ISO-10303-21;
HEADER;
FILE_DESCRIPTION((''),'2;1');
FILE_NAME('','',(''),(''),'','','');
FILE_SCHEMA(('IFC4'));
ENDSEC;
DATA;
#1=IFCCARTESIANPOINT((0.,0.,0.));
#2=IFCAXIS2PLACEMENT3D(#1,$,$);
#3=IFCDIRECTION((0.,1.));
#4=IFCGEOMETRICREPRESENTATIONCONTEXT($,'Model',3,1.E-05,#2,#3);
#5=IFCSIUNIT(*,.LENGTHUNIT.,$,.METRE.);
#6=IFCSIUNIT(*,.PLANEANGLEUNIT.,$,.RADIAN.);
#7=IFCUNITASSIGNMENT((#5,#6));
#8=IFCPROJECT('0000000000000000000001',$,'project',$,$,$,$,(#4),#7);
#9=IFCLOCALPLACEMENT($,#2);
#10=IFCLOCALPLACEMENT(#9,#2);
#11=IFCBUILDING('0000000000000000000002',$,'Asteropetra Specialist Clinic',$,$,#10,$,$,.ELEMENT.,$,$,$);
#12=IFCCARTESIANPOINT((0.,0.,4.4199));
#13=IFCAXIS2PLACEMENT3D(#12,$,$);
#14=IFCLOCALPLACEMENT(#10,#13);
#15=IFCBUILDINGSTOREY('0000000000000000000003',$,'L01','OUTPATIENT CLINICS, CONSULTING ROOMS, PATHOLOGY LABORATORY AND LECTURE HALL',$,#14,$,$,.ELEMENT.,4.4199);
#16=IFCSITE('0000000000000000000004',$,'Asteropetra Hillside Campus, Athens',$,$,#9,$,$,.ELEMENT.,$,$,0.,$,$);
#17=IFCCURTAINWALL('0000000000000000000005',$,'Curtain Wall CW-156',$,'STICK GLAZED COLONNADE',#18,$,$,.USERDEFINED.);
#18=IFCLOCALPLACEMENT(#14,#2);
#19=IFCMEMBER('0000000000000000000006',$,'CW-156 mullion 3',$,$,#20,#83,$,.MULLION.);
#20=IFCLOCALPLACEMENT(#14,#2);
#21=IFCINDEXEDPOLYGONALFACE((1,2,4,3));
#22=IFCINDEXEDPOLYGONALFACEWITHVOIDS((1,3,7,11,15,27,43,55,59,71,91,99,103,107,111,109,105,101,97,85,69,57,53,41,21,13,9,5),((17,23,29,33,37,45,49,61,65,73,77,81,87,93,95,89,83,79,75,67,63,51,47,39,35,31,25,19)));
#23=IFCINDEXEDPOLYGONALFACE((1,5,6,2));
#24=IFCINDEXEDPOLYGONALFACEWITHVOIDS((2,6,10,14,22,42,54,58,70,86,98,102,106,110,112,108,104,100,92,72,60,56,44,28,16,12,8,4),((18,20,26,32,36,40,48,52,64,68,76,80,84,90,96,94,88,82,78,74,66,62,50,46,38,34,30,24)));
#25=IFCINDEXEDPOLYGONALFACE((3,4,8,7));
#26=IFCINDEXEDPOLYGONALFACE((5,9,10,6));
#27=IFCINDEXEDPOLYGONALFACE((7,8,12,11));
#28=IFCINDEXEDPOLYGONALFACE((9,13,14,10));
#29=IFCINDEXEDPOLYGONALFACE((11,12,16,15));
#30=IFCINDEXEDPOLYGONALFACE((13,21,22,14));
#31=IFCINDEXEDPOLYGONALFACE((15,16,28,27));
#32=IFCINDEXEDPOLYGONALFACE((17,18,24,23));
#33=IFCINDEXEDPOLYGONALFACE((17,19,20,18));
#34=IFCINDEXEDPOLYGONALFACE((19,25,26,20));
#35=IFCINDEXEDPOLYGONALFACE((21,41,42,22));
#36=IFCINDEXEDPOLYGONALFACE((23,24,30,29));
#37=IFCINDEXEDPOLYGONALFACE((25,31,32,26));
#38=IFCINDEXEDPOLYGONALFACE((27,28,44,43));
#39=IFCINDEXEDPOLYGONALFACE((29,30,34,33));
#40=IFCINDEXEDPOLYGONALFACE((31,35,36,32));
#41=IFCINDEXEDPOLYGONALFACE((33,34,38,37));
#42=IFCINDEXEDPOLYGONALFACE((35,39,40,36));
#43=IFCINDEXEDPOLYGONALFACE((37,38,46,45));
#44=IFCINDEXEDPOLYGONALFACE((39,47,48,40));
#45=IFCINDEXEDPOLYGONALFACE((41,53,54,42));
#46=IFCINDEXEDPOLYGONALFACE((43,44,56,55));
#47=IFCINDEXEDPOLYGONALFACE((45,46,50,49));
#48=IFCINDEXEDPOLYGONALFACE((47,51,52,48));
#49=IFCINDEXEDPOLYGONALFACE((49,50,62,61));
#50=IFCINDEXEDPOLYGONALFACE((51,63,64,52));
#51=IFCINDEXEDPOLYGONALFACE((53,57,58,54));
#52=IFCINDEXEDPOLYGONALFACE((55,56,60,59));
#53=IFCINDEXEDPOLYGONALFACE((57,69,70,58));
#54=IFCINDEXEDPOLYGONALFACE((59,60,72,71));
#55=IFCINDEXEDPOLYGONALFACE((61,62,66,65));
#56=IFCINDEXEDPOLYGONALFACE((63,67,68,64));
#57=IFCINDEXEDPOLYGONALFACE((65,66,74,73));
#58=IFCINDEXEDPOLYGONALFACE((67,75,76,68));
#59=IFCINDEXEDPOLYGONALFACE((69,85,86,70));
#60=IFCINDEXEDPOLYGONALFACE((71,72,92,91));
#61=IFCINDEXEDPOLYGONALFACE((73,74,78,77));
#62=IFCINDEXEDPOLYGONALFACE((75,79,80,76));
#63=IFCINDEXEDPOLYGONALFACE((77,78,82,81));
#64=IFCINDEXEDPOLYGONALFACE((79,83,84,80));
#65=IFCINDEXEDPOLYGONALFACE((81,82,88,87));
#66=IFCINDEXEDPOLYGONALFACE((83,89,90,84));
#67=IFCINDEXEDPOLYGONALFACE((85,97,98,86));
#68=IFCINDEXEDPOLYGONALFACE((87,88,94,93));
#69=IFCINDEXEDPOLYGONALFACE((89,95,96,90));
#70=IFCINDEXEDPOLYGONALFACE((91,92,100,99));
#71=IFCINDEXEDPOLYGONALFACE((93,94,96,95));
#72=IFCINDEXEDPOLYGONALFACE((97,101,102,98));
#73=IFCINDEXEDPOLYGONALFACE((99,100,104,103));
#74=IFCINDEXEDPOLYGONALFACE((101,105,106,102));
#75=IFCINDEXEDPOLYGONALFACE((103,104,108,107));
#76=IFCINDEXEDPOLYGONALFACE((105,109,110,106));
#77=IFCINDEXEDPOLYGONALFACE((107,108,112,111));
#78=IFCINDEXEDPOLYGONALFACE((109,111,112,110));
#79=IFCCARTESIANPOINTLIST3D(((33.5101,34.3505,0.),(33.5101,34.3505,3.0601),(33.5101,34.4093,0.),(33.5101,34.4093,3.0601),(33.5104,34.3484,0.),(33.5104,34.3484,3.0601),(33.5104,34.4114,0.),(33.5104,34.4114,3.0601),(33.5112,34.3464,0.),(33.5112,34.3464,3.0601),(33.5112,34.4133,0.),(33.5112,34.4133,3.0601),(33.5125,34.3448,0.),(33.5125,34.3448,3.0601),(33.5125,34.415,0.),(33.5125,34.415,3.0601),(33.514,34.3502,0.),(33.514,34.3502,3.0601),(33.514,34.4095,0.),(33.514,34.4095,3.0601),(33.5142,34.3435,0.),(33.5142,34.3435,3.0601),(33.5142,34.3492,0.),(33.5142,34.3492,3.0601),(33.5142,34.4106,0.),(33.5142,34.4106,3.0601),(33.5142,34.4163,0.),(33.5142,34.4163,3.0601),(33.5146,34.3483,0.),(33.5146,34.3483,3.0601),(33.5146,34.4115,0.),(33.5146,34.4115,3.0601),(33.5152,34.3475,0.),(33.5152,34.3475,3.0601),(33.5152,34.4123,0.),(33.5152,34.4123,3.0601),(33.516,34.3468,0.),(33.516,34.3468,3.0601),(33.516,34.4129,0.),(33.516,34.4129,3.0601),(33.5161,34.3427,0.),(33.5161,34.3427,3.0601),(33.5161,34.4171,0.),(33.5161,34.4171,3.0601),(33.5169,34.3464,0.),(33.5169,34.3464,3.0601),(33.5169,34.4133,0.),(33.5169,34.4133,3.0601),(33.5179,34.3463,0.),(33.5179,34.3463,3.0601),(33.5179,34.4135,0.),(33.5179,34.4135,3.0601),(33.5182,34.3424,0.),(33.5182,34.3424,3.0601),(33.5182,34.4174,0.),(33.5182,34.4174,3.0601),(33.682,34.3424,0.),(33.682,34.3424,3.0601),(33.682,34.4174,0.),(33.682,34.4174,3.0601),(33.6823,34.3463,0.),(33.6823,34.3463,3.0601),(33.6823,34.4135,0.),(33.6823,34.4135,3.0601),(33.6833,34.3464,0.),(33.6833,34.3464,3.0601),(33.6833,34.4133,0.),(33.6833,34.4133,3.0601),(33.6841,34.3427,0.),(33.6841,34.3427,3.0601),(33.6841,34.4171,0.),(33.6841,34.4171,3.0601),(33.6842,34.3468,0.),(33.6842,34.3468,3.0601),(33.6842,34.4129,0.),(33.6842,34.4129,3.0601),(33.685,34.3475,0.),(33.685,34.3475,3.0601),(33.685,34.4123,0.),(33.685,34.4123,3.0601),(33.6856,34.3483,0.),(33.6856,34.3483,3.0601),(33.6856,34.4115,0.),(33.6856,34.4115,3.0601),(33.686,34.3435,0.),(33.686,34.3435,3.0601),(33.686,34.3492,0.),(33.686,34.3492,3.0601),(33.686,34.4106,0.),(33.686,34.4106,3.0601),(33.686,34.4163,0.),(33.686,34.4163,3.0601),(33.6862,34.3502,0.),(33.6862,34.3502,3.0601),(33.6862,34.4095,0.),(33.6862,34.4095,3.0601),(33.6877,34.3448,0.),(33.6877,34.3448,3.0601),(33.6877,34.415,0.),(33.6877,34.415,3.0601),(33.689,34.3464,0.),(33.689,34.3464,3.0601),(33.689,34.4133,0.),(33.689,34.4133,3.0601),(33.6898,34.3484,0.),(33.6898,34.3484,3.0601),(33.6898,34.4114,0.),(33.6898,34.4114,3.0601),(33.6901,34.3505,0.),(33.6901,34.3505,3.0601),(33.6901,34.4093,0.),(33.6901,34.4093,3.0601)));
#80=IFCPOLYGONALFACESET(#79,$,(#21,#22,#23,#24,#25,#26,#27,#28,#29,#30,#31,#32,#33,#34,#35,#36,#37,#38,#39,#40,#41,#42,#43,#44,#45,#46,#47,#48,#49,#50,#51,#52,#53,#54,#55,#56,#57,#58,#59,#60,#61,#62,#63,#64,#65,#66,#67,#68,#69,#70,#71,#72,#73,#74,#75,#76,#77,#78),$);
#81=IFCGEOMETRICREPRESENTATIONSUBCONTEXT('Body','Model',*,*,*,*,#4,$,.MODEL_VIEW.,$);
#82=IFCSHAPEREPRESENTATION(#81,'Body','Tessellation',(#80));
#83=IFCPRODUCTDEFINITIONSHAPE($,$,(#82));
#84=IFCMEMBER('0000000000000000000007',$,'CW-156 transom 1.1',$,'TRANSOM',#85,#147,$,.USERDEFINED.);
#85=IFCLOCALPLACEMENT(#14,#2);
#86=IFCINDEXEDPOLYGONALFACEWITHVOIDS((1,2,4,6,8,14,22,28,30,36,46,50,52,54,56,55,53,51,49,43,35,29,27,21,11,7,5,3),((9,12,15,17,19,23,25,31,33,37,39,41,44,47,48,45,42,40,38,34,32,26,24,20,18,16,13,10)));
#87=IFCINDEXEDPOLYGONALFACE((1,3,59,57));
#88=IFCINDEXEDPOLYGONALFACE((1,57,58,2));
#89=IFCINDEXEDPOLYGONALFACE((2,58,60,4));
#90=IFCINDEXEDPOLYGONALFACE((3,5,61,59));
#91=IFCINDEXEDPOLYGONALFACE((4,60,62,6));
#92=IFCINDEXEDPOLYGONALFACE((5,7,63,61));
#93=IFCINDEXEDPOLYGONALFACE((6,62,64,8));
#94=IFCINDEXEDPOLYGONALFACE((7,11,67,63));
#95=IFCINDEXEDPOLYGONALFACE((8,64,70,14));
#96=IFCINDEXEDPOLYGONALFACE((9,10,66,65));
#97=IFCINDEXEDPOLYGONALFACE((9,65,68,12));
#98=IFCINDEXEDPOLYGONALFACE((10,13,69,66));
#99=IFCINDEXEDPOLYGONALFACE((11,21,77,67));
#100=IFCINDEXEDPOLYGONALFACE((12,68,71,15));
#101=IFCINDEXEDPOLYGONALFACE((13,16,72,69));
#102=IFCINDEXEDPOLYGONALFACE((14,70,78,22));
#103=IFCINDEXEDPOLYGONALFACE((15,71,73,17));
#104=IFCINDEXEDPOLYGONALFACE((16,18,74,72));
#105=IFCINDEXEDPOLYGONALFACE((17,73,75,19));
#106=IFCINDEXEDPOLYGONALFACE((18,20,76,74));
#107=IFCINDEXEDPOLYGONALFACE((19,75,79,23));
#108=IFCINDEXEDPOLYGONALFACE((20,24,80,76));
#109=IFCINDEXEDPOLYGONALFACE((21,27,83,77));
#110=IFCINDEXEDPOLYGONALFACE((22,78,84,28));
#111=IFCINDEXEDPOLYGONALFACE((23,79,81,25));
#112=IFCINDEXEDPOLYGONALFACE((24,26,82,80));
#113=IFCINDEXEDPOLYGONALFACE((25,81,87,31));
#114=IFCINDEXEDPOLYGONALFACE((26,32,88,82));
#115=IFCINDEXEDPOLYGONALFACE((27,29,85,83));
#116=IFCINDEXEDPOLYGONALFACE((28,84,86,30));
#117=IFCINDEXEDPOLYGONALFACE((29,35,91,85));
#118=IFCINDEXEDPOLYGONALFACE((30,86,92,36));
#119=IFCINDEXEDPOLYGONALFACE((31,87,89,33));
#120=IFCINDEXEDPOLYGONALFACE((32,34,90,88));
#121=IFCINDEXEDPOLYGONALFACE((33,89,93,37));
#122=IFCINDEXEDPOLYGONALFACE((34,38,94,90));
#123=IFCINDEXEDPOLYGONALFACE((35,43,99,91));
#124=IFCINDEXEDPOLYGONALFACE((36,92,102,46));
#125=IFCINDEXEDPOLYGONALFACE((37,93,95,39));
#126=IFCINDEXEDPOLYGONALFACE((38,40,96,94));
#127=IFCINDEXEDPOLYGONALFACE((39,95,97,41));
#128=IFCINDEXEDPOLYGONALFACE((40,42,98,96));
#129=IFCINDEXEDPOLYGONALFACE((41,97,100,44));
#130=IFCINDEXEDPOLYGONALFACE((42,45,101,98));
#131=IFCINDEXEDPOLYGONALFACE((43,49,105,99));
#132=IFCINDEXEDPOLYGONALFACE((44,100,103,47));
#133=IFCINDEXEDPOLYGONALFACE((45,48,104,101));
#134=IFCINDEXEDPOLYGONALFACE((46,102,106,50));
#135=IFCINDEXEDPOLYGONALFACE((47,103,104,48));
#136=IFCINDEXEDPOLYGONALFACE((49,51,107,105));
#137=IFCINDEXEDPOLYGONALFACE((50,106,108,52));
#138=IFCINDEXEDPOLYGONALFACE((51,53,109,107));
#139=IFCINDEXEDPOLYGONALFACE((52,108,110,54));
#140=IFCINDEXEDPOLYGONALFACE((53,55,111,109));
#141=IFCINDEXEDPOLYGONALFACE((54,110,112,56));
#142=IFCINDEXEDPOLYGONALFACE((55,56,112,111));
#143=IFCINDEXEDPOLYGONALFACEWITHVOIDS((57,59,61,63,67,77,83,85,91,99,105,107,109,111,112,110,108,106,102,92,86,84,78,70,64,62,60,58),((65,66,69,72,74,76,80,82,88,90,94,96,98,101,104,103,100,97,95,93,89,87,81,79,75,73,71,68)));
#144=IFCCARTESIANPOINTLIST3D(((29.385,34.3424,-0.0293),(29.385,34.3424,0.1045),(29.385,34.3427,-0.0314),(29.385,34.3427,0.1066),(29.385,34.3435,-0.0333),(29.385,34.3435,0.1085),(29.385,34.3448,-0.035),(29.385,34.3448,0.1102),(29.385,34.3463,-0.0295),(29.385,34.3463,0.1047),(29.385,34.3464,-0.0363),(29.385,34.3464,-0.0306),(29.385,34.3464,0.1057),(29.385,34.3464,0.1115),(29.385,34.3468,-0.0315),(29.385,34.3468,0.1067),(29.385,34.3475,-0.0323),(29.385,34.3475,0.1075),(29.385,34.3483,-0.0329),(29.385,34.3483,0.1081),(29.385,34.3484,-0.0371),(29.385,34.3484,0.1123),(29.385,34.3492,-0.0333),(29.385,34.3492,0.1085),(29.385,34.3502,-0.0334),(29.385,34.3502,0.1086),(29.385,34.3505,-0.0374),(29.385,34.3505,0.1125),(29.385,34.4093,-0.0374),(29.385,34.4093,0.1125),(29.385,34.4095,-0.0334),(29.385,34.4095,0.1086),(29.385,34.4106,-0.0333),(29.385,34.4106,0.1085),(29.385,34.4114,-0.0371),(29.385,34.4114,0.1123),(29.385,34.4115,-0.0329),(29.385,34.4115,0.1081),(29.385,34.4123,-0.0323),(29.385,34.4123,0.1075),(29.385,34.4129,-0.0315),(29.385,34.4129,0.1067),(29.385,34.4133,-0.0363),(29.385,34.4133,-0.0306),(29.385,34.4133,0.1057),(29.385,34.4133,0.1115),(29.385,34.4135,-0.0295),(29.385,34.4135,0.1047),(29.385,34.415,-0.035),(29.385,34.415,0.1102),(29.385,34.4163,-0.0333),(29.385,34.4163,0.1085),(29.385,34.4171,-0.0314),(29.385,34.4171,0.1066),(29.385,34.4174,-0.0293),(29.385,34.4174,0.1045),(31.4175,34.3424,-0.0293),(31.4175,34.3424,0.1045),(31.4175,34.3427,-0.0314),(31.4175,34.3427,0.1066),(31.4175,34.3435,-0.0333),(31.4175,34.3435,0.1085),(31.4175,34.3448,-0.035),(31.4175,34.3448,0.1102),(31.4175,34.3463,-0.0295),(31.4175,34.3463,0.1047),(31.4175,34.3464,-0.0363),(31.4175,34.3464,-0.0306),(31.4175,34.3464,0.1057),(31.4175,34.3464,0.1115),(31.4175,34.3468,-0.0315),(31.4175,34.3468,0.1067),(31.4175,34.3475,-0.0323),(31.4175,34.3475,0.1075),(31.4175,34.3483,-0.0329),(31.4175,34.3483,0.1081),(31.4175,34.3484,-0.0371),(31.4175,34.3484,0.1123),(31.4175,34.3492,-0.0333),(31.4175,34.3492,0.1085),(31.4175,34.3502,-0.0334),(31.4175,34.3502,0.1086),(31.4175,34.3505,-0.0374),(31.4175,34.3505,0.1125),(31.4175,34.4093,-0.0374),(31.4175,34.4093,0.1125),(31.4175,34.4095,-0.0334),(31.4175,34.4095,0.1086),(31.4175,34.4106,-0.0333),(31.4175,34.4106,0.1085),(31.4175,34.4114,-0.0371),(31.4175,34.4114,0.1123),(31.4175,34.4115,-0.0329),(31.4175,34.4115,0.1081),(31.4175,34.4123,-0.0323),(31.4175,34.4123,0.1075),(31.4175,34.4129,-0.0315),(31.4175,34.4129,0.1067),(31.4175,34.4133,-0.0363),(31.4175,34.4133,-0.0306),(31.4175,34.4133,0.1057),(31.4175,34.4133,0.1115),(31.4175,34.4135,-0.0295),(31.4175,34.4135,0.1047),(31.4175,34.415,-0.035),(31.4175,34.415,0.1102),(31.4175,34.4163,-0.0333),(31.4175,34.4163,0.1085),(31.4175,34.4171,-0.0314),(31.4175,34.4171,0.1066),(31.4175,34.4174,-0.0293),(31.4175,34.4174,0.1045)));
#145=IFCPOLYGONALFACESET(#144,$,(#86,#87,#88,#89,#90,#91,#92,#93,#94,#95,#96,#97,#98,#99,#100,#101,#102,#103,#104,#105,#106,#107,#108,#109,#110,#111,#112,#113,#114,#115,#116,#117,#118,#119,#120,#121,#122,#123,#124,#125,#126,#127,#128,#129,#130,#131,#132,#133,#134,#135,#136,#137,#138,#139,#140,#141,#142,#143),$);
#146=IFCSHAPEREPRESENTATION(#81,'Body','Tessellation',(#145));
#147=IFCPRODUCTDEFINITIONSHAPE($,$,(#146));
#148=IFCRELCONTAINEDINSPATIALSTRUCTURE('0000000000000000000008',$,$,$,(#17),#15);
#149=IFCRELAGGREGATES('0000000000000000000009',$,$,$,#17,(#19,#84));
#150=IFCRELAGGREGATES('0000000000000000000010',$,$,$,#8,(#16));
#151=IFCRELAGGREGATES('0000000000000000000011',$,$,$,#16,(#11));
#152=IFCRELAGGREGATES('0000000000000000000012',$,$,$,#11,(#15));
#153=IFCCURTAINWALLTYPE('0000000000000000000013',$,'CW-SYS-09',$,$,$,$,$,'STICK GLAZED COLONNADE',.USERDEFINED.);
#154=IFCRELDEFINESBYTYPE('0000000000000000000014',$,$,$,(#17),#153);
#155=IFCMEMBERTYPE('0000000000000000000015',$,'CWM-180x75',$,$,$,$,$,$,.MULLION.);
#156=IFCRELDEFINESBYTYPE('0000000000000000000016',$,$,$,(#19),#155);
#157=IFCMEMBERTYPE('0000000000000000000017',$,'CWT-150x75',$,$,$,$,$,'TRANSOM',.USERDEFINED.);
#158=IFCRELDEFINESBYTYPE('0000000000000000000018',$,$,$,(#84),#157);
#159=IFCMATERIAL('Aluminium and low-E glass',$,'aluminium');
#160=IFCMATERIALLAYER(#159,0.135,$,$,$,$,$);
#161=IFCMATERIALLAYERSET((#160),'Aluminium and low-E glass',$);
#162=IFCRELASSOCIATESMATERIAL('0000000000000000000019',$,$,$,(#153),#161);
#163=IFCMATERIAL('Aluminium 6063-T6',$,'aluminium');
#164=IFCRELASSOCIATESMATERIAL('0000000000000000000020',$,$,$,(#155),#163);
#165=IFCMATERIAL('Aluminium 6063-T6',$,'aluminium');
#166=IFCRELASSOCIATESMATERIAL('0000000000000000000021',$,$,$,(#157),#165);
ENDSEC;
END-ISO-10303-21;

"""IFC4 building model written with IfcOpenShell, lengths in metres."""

from ifc_helpers import new_model, si_unit, direction, frame, origin, origin_2d, place, context, subcontext, project, spatial, hollow_rectangle, extrude, material, layer, layer_set, material_profile, profile_set, type_object, element, aggregate, save


model = new_model("IFC4")

# Units and contexts
model_context = context("Model", 3, precision=1e-05, world=origin(), true_north=direction((0.0, 1.0)))
body_context = subcontext(model_context, "Body", "Model", "MODEL_VIEW")
ifc_project = project(units=[si_unit("LENGTHUNIT", "METRE"), si_unit("PLANEANGLEUNIT", "RADIAN")], contexts=[model_context])

# Site, building, storey
site_placement = place(None, origin())
site = spatial("IfcSite", under=ifc_project, at=site_placement, Name="Asteropetra Hillside Campus, Athens", CompositionType="ELEMENT", RefElevation=0.0)
building_placement = place(site_placement, origin())
building = spatial("IfcBuilding", under=site, at=building_placement, Name="Asteropetra Specialist Clinic", CompositionType="ELEMENT")
storey_placement = place(building_placement, frame((0.0, 0.0, 4.4199)))
storey = spatial("IfcBuildingStorey", under=building, at=storey_placement, Name="L01", Description="OUTPATIENT CLINICS, CONSULTING ROOMS, PATHOLOGY LABORATORY AND LECTURE HALL", CompositionType="ELEMENT", Elevation=4.4199)

# Curtain wall, members
ifc_material_1 = material(Name="Aluminium and low-E glass", Category="aluminium")
ifc_layer_1 = layer(ifc_material_1, 0.135)
ifc_layer_set_1 = layer_set([ifc_layer_1], Name="Aluminium and low-E glass")
curtain_wall_type = type_object("IfcCurtainWallType", Name="CW-SYS-09", ElementType="STICK GLAZED COLONNADE", PredefinedType="USERDEFINED", material=ifc_layer_set_1)
curtain_wall_placement = place(storey_placement, origin())
curtain_wall = element("IfcCurtainWall", 1, at=curtain_wall_placement, inside=storey, type_object=curtain_wall_type, Name="Curtain Wall CW-156", ObjectType="STICK GLAZED COLONNADE", PredefinedType="USERDEFINED")
ifc_material_2 = material(Name="Aluminium 6063-T6", Category="aluminium")
ifc_material_profile_1 = material_profile(ifc_material_2, hollow_rectangle(XDim=0.075, YDim=0.1799, WallThickness=0.0039, InnerFilletRadius=0.0039, OuterFilletRadius=0.0081, at=origin_2d()), Name="MUL 180x75x4.0")
ifc_profile_set_1 = profile_set([ifc_material_profile_1], Name="Aluminium 6063-T6")
member_type_1 = type_object("IfcMemberType", Name="CWM-180x75", PredefinedType="MULLION", material=ifc_profile_set_1)
member_1_placement = place(storey_placement, frame((33.6001, 34.3799, 0.0), z_axis=(0.0, 0.0, 1.0), x_axis=(0.0, 1.0, 0.0)))
member_1 = element("IfcMember", 2, at=member_1_placement, type_object=member_type_1, Name="CW-156 mullion 3", PredefinedType="MULLION", context=body_context, shape_type="SweptSolid", body=[
    extrude(hollow_rectangle(XDim=0.075, YDim=0.1799, WallThickness=0.0039, InnerFilletRadius=0.0039, OuterFilletRadius=0.0081, at=origin_2d()), origin(), (0.0, 0.0, 1.0), 3.0601),
])
ifc_material_3 = material(Name="Aluminium 6063-T6", Category="aluminium")
ifc_material_profile_2 = material_profile(ifc_material_3, hollow_rectangle(XDim=0.075, YDim=0.1499, WallThickness=0.0039, InnerFilletRadius=0.0039, OuterFilletRadius=0.0081, at=origin_2d()), Name="TRN 150x75x4.0")
ifc_profile_set_2 = profile_set([ifc_material_profile_2], Name="Aluminium 6063-T6")
member_type_2 = type_object("IfcMemberType", Name="CWT-150x75", ElementType="TRANSOM", PredefinedType="USERDEFINED", material=ifc_profile_set_2)
member_2_placement = place(storey_placement, frame((29.385, 34.3799, 0.0376), z_axis=(1.0, 0.0, 0.0), x_axis=(0.0, 1.0, 0.0)))
member_2 = element("IfcMember", 3, at=member_2_placement, type_object=member_type_2, Name="CW-156 transom 1.1", ObjectType="TRANSOM", PredefinedType="USERDEFINED", context=body_context, shape_type="SweptSolid", body=[
    extrude(hollow_rectangle(XDim=0.075, YDim=0.1499, WallThickness=0.0039, InnerFilletRadius=0.0039, OuterFilletRadius=0.0081, at=origin_2d()), origin(), (0.0, 0.0, 1.0), 2.0325),
])

aggregate(curtain_wall, [member_1, member_2])

save(model, "model.ifc")
